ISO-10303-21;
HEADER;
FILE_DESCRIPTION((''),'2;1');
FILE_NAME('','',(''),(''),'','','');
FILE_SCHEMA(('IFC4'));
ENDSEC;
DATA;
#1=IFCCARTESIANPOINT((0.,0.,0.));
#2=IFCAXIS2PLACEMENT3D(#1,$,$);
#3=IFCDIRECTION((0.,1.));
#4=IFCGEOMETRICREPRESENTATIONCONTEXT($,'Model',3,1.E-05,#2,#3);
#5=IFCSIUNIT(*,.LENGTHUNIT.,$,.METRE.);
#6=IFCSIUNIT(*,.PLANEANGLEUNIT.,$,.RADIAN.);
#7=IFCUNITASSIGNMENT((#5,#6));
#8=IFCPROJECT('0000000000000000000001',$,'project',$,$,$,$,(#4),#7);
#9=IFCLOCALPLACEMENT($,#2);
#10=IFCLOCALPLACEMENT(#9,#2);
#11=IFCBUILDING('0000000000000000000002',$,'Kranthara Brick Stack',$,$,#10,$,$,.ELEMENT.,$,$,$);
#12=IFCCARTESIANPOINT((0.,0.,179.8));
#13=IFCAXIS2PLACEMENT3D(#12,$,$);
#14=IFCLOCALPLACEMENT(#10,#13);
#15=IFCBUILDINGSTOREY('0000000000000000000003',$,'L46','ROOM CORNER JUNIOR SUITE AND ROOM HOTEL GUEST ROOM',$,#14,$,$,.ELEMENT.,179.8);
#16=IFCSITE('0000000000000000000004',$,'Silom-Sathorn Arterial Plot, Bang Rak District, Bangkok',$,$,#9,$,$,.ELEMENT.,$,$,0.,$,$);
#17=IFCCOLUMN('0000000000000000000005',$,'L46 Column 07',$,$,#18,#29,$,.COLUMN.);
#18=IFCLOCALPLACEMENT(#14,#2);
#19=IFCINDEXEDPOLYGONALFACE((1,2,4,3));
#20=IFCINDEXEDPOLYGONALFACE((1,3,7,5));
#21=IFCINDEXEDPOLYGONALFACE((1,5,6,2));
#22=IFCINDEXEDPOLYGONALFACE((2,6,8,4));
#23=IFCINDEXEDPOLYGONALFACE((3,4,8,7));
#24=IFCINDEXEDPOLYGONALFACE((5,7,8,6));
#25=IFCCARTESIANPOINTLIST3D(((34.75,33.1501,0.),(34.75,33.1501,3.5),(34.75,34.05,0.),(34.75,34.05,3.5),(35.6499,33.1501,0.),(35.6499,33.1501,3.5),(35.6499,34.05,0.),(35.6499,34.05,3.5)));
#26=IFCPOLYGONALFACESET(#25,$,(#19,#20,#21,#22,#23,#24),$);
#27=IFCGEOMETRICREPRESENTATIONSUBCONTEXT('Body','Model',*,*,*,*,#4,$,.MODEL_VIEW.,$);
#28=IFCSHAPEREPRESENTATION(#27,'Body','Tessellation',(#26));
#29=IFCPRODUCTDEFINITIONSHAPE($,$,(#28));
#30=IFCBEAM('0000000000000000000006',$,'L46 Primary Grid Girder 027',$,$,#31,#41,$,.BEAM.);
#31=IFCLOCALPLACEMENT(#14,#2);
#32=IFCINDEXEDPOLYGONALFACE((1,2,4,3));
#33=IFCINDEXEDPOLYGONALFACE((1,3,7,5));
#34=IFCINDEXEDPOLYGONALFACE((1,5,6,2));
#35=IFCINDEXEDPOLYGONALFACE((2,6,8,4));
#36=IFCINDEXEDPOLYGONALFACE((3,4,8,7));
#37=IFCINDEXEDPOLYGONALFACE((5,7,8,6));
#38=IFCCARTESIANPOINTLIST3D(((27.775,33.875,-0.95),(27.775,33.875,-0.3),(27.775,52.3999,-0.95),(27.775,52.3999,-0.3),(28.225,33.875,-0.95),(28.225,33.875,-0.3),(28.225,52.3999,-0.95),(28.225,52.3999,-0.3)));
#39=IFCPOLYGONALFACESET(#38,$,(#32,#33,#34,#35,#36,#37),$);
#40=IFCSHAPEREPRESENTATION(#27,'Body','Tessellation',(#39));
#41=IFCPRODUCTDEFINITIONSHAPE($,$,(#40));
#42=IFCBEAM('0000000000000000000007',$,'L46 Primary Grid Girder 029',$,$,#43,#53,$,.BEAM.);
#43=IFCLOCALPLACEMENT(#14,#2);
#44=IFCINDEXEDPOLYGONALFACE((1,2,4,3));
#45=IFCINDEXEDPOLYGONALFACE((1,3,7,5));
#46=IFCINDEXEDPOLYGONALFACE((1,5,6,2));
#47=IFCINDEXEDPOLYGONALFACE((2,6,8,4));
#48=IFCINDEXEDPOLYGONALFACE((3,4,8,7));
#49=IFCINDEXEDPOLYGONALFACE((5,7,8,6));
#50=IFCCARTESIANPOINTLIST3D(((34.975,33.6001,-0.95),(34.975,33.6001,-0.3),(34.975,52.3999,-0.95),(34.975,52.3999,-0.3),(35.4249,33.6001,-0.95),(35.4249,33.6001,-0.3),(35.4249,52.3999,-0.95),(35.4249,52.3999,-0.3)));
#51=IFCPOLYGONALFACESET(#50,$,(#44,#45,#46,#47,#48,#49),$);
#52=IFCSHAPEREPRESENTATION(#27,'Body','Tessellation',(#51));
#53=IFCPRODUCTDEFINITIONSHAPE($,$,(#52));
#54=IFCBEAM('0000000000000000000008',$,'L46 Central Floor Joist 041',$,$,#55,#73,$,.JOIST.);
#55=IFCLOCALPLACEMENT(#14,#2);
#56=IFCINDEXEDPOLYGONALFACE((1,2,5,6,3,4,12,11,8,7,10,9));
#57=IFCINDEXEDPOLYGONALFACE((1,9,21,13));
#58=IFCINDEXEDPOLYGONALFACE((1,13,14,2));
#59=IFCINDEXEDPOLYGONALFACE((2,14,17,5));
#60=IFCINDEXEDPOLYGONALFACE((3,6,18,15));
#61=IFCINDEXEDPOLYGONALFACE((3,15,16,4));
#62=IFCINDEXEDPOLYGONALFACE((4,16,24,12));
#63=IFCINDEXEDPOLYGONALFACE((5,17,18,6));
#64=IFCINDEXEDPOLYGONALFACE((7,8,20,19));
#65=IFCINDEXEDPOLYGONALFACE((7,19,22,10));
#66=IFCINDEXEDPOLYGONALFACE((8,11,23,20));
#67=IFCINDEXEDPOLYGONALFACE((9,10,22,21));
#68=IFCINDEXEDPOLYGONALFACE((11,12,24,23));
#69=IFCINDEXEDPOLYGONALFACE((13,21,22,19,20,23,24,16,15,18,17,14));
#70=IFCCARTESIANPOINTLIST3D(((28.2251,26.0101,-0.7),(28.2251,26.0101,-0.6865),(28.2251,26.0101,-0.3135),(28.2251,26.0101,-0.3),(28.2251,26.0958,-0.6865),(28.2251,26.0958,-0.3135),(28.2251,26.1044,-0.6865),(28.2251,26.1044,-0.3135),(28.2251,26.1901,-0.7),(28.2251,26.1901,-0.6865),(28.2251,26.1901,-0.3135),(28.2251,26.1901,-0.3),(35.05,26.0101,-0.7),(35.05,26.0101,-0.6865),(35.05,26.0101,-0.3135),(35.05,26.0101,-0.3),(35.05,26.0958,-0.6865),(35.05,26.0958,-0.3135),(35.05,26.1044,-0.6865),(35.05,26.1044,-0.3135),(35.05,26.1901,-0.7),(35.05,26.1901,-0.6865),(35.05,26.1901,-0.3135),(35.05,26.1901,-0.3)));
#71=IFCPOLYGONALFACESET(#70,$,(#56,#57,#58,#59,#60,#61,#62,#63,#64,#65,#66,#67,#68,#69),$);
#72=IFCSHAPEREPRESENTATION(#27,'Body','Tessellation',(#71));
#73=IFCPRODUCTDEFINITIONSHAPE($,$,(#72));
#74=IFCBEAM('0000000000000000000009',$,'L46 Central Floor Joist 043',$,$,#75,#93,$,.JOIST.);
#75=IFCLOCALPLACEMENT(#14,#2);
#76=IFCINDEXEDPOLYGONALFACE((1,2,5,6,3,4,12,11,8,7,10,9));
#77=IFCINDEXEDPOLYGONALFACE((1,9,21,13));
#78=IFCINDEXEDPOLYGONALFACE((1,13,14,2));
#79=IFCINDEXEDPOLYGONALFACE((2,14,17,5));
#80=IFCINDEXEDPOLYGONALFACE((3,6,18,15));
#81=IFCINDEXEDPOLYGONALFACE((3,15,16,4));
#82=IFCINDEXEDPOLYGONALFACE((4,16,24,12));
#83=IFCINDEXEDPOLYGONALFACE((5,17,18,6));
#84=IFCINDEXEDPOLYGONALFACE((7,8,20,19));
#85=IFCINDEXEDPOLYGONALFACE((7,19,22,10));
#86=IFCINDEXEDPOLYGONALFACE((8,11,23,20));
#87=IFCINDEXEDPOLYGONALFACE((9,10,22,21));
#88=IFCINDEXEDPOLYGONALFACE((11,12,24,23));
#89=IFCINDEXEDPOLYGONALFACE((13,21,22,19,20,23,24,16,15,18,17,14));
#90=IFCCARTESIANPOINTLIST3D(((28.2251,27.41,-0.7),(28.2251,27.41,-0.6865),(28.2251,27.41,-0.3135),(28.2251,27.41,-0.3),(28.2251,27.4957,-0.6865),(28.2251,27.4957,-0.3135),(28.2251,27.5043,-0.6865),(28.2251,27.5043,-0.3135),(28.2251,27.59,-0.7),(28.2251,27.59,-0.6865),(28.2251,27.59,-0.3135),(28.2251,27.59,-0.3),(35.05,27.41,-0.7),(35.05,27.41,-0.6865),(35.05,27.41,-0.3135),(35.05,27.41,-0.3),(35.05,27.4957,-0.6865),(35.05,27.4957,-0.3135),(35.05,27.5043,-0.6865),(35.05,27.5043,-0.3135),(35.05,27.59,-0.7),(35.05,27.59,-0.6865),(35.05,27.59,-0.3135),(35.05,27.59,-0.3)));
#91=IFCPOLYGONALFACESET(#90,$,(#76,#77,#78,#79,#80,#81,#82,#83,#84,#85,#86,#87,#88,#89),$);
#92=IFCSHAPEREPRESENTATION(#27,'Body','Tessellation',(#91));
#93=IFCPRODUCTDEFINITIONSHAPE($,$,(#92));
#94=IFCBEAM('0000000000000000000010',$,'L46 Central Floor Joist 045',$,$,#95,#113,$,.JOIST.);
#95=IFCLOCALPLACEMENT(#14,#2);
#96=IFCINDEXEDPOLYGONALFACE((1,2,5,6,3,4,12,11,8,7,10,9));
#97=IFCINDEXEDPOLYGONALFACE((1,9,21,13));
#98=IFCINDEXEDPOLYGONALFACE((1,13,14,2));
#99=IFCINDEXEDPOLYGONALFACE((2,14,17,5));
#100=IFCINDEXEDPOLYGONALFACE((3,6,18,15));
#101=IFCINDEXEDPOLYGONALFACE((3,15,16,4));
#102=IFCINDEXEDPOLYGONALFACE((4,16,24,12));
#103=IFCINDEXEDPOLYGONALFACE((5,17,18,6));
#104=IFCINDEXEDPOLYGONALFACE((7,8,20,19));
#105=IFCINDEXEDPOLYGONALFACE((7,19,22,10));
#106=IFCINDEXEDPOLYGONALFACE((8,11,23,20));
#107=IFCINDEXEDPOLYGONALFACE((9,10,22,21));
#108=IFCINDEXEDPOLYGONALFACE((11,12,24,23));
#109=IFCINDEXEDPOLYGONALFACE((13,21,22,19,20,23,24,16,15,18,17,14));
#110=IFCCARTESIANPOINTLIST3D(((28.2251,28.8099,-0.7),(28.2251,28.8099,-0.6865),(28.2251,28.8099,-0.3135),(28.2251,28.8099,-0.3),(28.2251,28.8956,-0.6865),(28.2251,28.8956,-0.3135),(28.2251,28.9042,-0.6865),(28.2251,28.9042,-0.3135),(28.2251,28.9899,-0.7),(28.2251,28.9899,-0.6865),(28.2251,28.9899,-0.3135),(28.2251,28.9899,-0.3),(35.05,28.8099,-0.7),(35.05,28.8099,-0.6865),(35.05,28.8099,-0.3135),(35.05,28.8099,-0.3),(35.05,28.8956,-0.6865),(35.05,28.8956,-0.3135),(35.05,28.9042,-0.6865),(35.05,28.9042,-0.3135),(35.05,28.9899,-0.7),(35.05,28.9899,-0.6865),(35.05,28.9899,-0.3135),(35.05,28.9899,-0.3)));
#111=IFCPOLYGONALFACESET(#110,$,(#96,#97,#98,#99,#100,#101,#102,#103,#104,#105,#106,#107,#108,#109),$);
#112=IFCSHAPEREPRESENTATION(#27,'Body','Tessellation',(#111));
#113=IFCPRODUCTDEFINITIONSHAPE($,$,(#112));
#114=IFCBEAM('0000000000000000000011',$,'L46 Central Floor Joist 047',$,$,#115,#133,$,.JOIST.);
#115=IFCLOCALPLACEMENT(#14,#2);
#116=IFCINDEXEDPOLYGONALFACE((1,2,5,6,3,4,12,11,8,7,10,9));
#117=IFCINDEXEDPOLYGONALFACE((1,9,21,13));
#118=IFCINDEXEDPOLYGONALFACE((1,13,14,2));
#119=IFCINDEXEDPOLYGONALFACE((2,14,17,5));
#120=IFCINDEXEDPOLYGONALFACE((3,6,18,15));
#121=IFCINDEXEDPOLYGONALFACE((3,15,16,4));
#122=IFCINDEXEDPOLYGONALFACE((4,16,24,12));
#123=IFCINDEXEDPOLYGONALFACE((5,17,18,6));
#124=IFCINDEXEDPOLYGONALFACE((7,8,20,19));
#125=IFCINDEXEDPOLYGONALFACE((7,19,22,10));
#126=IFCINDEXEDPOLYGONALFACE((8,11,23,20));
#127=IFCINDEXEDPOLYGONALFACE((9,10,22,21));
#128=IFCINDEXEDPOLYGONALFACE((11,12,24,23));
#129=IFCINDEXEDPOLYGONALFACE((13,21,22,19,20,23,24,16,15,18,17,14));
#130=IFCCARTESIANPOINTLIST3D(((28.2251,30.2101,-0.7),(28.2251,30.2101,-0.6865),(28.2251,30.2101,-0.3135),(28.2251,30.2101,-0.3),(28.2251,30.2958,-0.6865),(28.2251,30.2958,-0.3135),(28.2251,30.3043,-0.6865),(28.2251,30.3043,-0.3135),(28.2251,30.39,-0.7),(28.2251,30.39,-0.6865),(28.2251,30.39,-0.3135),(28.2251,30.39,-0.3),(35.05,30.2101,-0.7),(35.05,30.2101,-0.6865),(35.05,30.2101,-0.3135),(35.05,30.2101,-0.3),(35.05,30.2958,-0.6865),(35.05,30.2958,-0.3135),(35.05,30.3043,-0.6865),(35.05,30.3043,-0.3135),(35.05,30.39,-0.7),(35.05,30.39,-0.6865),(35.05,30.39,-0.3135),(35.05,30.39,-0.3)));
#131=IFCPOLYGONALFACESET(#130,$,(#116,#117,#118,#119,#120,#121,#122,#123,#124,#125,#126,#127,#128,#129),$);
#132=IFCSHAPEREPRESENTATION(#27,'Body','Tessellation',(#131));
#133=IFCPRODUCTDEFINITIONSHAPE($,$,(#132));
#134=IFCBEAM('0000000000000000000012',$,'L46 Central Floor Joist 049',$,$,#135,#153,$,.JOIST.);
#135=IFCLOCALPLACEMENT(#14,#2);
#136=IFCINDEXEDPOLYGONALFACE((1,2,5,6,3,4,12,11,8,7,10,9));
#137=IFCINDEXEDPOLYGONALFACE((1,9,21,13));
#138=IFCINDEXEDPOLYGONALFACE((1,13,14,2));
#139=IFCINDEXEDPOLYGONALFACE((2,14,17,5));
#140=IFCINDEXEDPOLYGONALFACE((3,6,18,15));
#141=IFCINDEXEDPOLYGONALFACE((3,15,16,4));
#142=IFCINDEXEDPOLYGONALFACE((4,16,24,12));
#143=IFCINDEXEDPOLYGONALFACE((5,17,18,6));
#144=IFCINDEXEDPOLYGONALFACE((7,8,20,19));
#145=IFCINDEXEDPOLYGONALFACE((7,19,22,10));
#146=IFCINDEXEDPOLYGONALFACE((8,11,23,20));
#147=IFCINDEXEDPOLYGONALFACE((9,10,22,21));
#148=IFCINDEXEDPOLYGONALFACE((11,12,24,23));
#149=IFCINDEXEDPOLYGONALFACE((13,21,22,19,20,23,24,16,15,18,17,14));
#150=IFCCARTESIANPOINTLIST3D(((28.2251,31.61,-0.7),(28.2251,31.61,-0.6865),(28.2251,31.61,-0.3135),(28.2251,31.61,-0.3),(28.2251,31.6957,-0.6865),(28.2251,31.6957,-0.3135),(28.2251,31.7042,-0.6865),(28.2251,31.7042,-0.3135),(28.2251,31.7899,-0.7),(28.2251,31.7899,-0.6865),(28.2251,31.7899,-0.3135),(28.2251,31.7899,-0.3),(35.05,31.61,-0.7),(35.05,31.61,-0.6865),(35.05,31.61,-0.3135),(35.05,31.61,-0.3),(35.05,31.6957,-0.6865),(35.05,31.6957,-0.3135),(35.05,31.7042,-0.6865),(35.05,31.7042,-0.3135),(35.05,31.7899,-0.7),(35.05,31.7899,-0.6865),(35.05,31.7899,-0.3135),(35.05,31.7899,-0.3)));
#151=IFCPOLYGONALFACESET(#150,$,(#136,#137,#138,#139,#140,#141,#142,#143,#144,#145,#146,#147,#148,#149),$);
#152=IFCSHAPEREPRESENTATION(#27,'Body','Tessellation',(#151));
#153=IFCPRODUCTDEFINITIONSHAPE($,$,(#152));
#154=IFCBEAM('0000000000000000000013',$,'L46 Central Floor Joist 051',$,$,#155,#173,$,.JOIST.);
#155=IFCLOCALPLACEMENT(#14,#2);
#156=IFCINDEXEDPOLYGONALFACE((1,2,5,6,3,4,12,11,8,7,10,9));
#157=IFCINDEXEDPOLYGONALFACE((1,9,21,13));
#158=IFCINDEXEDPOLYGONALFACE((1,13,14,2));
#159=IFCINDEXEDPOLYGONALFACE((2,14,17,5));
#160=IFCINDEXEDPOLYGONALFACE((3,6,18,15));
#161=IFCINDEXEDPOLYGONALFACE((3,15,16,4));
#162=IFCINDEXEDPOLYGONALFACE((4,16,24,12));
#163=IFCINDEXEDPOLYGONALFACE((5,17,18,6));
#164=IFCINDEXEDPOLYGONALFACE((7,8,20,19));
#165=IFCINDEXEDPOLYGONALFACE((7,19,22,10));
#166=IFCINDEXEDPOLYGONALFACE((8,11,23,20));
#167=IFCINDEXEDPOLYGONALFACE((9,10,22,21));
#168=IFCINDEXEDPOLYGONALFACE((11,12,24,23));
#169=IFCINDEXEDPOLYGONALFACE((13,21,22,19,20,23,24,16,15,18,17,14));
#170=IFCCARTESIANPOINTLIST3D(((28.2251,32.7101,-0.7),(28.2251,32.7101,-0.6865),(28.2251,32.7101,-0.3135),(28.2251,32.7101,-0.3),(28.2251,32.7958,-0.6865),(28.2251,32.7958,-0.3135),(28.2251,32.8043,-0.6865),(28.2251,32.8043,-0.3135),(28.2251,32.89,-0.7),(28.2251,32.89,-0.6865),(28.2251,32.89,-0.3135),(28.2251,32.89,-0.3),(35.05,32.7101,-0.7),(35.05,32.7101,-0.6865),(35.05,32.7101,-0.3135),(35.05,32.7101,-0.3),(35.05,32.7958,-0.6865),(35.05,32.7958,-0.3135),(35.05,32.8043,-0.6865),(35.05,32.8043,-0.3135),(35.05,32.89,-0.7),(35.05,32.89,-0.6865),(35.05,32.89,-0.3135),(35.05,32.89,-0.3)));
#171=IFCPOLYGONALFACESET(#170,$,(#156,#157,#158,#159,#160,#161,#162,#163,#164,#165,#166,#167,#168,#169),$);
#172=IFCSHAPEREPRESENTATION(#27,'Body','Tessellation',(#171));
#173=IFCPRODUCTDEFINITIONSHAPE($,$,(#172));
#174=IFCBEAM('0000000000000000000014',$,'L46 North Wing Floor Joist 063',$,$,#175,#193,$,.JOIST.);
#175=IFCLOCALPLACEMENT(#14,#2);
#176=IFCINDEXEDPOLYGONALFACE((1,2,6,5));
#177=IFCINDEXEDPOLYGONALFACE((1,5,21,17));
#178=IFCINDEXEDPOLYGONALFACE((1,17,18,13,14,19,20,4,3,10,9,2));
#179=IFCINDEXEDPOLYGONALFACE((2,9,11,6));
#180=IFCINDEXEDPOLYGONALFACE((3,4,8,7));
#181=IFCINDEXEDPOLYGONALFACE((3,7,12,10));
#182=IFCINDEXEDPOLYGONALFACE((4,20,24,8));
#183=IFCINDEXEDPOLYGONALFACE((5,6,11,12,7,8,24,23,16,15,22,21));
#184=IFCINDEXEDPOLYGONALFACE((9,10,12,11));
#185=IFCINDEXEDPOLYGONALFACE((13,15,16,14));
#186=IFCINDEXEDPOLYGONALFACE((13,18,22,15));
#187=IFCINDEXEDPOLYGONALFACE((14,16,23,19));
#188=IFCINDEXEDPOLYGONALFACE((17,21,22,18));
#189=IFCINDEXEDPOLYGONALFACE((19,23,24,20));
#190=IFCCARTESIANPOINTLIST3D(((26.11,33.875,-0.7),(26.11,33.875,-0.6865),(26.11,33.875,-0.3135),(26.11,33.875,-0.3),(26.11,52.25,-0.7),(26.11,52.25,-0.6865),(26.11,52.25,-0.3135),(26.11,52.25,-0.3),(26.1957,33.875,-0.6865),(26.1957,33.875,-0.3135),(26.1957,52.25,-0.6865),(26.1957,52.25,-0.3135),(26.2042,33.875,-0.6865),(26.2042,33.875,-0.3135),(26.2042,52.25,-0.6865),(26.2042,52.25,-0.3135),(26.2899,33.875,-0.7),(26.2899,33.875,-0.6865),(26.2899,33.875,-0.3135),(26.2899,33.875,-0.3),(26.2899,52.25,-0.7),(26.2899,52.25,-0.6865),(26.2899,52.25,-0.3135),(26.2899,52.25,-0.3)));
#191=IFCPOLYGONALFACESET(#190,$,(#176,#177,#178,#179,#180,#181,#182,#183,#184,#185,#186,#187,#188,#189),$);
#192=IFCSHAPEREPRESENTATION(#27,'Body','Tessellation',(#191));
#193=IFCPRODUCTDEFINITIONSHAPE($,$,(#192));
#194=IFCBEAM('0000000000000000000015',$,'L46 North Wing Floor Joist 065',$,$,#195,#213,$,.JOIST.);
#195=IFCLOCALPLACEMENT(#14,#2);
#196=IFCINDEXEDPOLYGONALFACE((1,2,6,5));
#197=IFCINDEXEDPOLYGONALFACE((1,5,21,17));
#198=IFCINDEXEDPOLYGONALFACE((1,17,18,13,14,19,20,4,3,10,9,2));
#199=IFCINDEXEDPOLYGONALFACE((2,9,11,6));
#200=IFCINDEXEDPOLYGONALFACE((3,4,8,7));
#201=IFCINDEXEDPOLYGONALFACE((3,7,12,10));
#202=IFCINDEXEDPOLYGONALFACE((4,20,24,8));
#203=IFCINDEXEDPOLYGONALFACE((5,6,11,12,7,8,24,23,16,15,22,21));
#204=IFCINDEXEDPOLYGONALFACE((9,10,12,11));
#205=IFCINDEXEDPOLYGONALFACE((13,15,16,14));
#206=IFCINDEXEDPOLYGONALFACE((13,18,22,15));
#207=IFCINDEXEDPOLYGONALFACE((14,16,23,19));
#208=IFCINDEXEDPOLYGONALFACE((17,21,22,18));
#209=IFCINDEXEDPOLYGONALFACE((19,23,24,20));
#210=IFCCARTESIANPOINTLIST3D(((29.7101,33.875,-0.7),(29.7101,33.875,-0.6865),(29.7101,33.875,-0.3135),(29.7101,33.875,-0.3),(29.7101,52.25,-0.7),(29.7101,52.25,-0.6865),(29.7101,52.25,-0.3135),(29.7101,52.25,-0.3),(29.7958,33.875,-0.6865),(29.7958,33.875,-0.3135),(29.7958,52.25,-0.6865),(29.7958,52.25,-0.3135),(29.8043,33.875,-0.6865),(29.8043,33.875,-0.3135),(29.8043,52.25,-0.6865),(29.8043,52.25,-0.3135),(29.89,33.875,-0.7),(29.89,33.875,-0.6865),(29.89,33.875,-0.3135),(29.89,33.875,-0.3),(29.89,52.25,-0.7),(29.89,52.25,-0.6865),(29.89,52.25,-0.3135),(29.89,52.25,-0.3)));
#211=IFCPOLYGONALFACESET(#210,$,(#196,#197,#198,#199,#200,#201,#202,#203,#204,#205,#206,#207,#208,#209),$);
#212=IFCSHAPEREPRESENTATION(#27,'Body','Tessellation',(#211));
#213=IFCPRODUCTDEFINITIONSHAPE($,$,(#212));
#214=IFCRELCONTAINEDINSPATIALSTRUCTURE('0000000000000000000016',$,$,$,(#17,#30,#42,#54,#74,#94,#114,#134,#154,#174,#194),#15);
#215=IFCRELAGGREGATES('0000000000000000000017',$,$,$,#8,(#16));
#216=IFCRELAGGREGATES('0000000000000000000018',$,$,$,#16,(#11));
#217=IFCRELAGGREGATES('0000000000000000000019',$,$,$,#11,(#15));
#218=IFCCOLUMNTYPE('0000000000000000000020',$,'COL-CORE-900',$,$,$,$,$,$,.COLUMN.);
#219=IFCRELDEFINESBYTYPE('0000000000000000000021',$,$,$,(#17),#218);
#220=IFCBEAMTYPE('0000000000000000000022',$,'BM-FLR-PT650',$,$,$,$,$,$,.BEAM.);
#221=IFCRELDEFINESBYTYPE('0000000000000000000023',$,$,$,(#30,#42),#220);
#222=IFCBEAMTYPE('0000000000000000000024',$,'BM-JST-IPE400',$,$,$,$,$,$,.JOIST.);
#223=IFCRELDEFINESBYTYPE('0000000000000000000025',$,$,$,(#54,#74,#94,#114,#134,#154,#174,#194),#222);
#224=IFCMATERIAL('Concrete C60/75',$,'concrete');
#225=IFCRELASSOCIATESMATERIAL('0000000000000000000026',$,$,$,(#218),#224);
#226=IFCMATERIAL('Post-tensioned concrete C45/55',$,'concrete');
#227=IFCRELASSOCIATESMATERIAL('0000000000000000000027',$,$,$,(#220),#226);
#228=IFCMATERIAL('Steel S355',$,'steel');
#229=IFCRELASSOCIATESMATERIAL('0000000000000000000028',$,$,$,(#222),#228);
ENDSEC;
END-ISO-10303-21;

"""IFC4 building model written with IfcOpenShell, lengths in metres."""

from ifc_helpers import new_model, si_unit, direction, frame, origin, origin_2d, place, context, subcontext, project, spatial, rectangle, i_section, extrude, material, material_profile, profile_set, type_object, element, save


model = new_model("IFC4")

# Units and contexts
model_context = context("Model", 3, precision=1e-05, world=origin(), true_north=direction((0.0, 1.0)))
body_context = subcontext(model_context, "Body", "Model", "MODEL_VIEW")
ifc_project = project(units=[si_unit("LENGTHUNIT", "METRE"), si_unit("PLANEANGLEUNIT", "RADIAN")], contexts=[model_context])

# Site, building, storey
site_placement = place(None, origin())
site = spatial("IfcSite", under=ifc_project, at=site_placement, Name="Silom-Sathorn Arterial Plot, Bang Rak District, Bangkok", CompositionType="ELEMENT", RefElevation=0.0)
building_placement = place(site_placement, origin())
building = spatial("IfcBuilding", under=site, at=building_placement, Name="Kranthara Brick Stack", CompositionType="ELEMENT")
storey_placement = place(building_placement, frame((0.0, 0.0, 179.8)))
storey = spatial("IfcBuildingStorey", under=building, at=storey_placement, Name="L46", Description="ROOM CORNER JUNIOR SUITE AND ROOM HOTEL GUEST ROOM", CompositionType="ELEMENT", Elevation=179.8)

# Column
ifc_material_1 = material(Name="Concrete C60/75", Category="concrete")
ifc_material_profile_1 = material_profile(ifc_material_1, rectangle(XDim=0.8999, YDim=0.8999, at=origin_2d()), Name="RC 900x900")
ifc_profile_set_1 = profile_set([ifc_material_profile_1], Name="Concrete C60/75")
column_type = type_object("IfcColumnType", Name="COL-CORE-900", PredefinedType="COLUMN", material=ifc_profile_set_1)
column_placement = place(storey_placement, frame((35.2, 33.6001, 0.0), z_axis=(0.0, 0.0, 1.0), x_axis=(1.0, 0.0, 0.0)))
element("IfcColumn", 1, at=column_placement, inside=storey, type_object=column_type, Name="L46 Column 07", PredefinedType="COLUMN", context=body_context, shape_type="SweptSolid", body=[
    extrude(rectangle(XDim=0.8999, YDim=0.8999, at=origin_2d()), origin(), (0.0, 0.0, 1.0), 3.5),
])

# Beams
ifc_material_2 = material(Name="Post-tensioned concrete C45/55", Category="concrete")
ifc_material_profile_2 = material_profile(ifc_material_2, rectangle(XDim=0.45, YDim=0.6499, at=origin_2d()), Name="PT 450x650")
ifc_profile_set_2 = profile_set([ifc_material_profile_2], Name="Post-tensioned concrete C45/55")
beam_type_1 = type_object("IfcBeamType", Name="BM-FLR-PT650", PredefinedType="BEAM", material=ifc_profile_set_2)
beam_1_placement = place(storey_placement, frame((28.0, 33.875, -0.625), z_axis=(0.0, 1.0, 0.0), x_axis=(-1.0, 0.0, 0.0)))
element("IfcBeam", 2, at=beam_1_placement, inside=storey, type_object=beam_type_1, Name="L46 Primary Grid Girder 027", PredefinedType="BEAM", context=body_context, shape_type="SweptSolid", body=[
    extrude(rectangle(XDim=0.45, YDim=0.6499, at=origin_2d()), origin(), (0.0, 0.0, 1.0), 18.5249),
])
beam_2_placement = place(storey_placement, frame((35.2, 33.6001, -0.625), z_axis=(0.0, 1.0, 0.0), x_axis=(-1.0, 0.0, 0.0)))
element("IfcBeam", 3, at=beam_2_placement, inside=storey, type_object=beam_type_1, Name="L46 Primary Grid Girder 029", PredefinedType="BEAM", context=body_context, shape_type="SweptSolid", body=[
    extrude(rectangle(XDim=0.45, YDim=0.6499, at=origin_2d()), origin(), (0.0, 0.0, 1.0), 18.7998),
])
ifc_material_3 = material(Name="Steel S355", Category="steel")
ifc_material_profile_3 = material_profile(ifc_material_3, i_section(OverallWidth=0.1799, OverallDepth=0.3999, WebThickness=0.0085, FlangeThickness=0.0134, at=origin_2d()), Name="IPE 400")
ifc_profile_set_3 = profile_set([ifc_material_profile_3], Name="Steel S355")
beam_type_2 = type_object("IfcBeamType", Name="BM-JST-IPE400", PredefinedType="JOIST", material=ifc_profile_set_3)
for number, where, z_axis, x_axis, name in (
    (4, (28.2251, 26.1001, -0.5), (1.0, 0.0, 0.0), (0.0, 1.0, 0.0), "L46 Central Floor Joist 041"),
    (5, (28.2251, 27.5, -0.5), (1.0, 0.0, 0.0), (0.0, 1.0, 0.0), "L46 Central Floor Joist 043"),
    (6, (28.2251, 28.8999, -0.5), (1.0, 0.0, 0.0), (0.0, 1.0, 0.0), "L46 Central Floor Joist 045"),
    (7, (28.2251, 30.3, -0.5), (1.0, 0.0, 0.0), (0.0, 1.0, 0.0), "L46 Central Floor Joist 047"),
    (8, (28.2251, 31.7, -0.5), (1.0, 0.0, 0.0), (0.0, 1.0, 0.0), "L46 Central Floor Joist 049"),
    (9, (28.2251, 32.8, -0.5), (1.0, 0.0, 0.0), (0.0, 1.0, 0.0), "L46 Central Floor Joist 051"),
):
    element("IfcBeam", number, at=place(storey_placement, frame(where, z_axis=z_axis, x_axis=x_axis)), inside=storey, type_object=beam_type_2, Name=name, PredefinedType="JOIST", context=body_context, shape_type="SweptSolid", body=[
        extrude(i_section(OverallWidth=0.1799, OverallDepth=0.3999, WebThickness=0.0085, FlangeThickness=0.0134, at=origin_2d()), origin(), (0.0, 0.0, 1.0), 6.825),
    ])
for number, where, z_axis, x_axis, name in (
    (10, (26.2, 33.875, -0.5), (0.0, 1.0, 0.0), (-1.0, 0.0, 0.0), "L46 North Wing Floor Joist 063"),
    (11, (29.8, 33.875, -0.5), (0.0, 1.0, 0.0), (-1.0, 0.0, 0.0), "L46 North Wing Floor Joist 065"),
):
    element("IfcBeam", number, at=place(storey_placement, frame(where, z_axis=z_axis, x_axis=x_axis)), inside=storey, type_object=beam_type_2, Name=name, PredefinedType="JOIST", context=body_context, shape_type="SweptSolid", body=[
        extrude(i_section(OverallWidth=0.1799, OverallDepth=0.3999, WebThickness=0.0085, FlangeThickness=0.0134, at=origin_2d()), origin(), (0.0, 0.0, 1.0), 18.375),
    ])

save(model, "model.ifc")
